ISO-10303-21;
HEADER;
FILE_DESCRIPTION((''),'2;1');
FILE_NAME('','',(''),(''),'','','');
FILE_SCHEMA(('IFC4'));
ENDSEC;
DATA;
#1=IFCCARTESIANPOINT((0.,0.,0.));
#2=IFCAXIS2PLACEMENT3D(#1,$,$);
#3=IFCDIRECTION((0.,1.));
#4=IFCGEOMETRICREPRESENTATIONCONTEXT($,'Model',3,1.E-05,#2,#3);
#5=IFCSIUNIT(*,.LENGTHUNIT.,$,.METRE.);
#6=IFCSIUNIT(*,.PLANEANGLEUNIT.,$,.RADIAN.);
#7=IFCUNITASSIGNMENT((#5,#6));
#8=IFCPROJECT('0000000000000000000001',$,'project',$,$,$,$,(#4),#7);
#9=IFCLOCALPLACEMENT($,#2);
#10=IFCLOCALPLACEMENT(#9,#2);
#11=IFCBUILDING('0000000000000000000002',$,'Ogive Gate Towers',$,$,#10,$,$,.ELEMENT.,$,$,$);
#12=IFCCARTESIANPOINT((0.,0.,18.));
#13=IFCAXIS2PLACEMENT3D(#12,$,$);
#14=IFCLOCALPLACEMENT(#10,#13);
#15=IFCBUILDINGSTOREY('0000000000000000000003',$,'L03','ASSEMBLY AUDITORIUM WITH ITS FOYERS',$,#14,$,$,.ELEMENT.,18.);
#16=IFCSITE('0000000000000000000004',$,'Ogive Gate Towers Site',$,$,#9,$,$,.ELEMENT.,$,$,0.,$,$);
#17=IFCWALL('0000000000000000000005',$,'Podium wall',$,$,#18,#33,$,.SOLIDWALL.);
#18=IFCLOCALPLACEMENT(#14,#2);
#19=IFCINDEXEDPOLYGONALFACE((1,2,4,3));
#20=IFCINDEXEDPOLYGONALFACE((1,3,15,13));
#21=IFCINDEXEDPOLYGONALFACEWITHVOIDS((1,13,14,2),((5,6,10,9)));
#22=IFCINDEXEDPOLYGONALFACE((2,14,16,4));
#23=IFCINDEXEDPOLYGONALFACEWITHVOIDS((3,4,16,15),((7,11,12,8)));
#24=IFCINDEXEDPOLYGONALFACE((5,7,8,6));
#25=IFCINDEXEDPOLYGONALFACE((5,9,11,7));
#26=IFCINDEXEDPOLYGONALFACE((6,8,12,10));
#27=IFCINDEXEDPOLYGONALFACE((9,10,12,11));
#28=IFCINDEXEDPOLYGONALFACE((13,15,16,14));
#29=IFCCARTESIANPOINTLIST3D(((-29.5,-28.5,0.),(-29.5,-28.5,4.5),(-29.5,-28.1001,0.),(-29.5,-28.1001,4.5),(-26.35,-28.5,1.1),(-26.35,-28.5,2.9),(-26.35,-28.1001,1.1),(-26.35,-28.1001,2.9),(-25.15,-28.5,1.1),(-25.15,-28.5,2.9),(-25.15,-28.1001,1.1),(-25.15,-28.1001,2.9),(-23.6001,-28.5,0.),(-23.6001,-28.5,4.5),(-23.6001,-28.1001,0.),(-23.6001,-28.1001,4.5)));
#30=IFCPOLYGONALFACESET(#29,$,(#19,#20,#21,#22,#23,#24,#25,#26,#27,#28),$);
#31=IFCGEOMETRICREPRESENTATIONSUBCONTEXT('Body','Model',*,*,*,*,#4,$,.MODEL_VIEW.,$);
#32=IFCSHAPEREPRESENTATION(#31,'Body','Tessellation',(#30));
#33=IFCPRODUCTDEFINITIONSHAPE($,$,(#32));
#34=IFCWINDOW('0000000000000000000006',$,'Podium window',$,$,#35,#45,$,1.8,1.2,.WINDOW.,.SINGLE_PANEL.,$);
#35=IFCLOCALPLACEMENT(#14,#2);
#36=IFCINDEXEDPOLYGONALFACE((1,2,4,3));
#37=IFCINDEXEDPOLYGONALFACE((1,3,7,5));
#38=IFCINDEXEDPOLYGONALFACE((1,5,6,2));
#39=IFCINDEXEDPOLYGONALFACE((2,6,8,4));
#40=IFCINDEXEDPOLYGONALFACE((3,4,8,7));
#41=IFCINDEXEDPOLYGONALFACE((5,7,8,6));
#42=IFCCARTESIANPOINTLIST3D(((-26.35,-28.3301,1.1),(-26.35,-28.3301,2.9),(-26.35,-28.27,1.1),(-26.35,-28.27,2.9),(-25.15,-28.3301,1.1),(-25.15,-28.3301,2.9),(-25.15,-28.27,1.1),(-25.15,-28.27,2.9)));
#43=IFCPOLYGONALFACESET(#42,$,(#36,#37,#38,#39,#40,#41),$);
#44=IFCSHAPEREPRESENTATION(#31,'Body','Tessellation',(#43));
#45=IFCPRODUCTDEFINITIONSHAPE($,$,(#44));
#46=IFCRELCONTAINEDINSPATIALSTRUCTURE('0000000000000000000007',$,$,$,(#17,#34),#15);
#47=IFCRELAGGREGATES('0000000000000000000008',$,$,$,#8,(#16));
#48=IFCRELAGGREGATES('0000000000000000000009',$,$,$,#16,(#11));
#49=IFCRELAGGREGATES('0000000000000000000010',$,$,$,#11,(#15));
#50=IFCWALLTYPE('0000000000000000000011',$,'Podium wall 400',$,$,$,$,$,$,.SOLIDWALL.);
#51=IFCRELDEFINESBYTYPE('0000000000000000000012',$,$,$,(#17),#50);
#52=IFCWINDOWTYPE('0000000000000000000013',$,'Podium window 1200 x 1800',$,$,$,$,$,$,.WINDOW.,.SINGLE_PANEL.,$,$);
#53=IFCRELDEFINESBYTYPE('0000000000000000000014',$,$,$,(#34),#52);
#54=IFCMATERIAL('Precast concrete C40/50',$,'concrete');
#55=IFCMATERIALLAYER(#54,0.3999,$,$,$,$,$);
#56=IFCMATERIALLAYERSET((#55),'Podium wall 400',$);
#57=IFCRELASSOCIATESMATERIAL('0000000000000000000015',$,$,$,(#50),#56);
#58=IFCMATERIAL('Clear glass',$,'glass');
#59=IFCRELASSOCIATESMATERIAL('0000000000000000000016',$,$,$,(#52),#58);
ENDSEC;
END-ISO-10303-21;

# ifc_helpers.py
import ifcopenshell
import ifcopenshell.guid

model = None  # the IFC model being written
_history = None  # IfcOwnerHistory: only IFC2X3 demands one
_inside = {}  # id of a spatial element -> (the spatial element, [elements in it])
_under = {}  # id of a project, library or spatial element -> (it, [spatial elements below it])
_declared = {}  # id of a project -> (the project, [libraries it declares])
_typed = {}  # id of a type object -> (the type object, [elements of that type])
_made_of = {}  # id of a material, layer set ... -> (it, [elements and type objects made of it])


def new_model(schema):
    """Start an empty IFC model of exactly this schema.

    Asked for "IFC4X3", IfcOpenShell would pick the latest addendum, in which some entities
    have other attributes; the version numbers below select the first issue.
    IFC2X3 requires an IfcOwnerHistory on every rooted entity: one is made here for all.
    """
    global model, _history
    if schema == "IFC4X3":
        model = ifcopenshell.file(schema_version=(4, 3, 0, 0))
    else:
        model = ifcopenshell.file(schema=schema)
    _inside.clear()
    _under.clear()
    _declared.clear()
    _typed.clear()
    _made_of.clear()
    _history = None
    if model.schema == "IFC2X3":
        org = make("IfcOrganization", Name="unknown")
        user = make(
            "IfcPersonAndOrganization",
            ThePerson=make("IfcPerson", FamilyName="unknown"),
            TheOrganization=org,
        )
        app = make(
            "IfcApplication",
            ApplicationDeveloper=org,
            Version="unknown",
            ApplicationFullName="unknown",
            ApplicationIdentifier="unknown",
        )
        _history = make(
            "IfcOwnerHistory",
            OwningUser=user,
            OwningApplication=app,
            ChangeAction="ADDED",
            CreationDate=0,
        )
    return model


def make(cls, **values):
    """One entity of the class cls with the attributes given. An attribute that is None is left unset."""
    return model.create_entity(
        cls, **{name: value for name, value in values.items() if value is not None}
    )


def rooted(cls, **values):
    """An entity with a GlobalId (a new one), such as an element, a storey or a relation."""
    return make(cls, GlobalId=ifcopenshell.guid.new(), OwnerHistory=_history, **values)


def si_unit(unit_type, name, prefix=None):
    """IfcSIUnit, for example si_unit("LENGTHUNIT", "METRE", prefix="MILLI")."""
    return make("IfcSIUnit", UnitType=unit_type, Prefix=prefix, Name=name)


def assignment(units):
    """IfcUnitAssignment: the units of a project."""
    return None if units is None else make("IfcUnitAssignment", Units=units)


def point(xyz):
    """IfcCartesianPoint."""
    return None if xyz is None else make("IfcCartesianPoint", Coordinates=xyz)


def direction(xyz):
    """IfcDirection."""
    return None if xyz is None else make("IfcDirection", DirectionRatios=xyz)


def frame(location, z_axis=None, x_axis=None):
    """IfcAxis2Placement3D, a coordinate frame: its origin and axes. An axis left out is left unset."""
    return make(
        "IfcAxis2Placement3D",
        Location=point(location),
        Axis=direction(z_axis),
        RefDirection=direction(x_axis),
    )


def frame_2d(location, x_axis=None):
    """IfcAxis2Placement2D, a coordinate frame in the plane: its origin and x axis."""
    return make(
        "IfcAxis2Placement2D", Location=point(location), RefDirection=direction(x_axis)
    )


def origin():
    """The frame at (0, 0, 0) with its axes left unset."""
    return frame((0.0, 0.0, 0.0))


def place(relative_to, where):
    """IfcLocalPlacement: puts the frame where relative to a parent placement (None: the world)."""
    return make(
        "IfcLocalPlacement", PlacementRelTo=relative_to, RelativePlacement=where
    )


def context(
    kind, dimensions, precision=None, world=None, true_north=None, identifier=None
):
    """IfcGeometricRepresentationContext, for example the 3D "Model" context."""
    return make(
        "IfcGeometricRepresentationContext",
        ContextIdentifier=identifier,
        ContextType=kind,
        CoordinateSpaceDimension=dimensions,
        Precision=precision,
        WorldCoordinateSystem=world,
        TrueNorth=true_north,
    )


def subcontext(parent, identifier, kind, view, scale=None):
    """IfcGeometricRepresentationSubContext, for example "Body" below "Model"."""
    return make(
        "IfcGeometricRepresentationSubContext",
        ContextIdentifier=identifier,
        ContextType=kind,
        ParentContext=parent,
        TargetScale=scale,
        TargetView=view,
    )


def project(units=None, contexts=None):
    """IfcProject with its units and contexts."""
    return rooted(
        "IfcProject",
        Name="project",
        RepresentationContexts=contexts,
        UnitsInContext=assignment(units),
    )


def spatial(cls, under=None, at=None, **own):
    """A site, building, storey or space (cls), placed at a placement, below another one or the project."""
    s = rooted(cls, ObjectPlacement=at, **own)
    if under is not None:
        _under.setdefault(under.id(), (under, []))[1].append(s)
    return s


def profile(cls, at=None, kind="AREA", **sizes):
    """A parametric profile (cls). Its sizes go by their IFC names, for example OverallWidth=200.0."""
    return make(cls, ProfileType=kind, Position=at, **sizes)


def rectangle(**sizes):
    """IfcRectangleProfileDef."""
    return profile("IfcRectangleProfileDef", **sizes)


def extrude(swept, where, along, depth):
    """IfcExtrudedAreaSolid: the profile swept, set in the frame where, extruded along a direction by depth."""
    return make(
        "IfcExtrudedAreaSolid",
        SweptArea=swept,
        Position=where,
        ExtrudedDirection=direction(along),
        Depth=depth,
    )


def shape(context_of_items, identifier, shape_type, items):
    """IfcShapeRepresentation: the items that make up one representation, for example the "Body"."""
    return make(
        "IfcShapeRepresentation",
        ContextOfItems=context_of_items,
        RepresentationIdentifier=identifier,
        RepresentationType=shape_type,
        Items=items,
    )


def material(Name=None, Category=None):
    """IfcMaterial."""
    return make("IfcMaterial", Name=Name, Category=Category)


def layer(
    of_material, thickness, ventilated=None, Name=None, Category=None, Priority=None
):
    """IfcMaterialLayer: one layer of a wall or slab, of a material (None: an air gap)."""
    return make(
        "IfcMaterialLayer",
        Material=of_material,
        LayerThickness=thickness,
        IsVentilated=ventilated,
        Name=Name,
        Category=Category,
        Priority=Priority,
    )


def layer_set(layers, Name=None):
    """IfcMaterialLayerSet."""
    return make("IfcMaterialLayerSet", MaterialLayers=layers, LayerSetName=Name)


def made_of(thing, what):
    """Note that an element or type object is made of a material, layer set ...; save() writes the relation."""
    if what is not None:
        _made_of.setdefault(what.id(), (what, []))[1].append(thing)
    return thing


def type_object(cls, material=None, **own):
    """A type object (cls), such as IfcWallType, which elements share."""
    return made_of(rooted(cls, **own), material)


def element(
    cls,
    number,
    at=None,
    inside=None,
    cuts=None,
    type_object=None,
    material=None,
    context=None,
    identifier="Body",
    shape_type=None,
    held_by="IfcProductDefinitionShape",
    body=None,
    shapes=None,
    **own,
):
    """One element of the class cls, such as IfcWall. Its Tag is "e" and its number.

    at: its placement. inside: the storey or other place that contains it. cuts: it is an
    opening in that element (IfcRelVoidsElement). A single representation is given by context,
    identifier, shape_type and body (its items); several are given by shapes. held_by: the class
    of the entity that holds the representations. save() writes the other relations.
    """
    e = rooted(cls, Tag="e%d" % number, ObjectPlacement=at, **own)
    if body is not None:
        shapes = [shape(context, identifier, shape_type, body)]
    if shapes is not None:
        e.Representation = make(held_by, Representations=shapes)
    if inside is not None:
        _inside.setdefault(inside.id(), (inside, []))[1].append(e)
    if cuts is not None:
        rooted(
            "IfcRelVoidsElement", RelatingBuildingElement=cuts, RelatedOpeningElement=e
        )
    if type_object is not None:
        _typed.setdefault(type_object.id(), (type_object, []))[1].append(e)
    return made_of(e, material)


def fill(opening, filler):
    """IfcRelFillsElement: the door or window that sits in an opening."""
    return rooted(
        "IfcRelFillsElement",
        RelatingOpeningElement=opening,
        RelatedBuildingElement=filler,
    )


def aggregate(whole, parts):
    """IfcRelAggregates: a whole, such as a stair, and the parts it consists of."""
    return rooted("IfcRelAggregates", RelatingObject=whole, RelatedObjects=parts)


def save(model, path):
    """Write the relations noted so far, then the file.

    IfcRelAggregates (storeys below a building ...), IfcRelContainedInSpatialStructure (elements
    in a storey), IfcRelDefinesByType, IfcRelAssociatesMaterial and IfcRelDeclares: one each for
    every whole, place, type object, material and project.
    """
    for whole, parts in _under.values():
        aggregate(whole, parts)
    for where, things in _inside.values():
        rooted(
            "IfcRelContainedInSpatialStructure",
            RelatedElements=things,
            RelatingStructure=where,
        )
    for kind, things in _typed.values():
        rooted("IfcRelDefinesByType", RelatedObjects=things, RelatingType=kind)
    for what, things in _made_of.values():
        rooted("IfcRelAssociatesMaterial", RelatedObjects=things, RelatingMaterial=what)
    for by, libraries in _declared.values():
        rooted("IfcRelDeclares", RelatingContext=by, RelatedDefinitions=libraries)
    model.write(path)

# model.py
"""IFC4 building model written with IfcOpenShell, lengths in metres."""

from ifc_helpers import new_model, si_unit, direction, frame, frame_2d, origin, place, context, subcontext, project, spatial, rectangle, extrude, material, layer, layer_set, type_object, element, fill, save


model = new_model("IFC4")

# Units and contexts
model_context = context("Model", 3, precision=1e-05, world=origin(), true_north=direction((0.0, 1.0)))
body_context = subcontext(model_context, "Body", "Model", "MODEL_VIEW")
ifc_project = project(units=[si_unit("LENGTHUNIT", "METRE"), si_unit("PLANEANGLEUNIT", "RADIAN")], contexts=[model_context])

# Site, building, storey
site_placement = place(None, origin())
site = spatial("IfcSite", under=ifc_project, at=site_placement, Name="Ogive Gate Towers Site", CompositionType="ELEMENT", RefElevation=0.0)
building_placement = place(site_placement, origin())
building = spatial("IfcBuilding", under=site, at=building_placement, Name="Ogive Gate Towers", CompositionType="ELEMENT")
storey_placement = place(building_placement, frame((0.0, 0.0, 18.0)))
storey = spatial("IfcBuildingStorey", under=building, at=storey_placement, Name="L03", Description="ASSEMBLY AUDITORIUM WITH ITS FOYERS", CompositionType="ELEMENT", Elevation=18.0)

# Shared definitions
ifc_material_1 = material(Name="Precast concrete C40/50", Category="concrete")
ifc_layer = layer(ifc_material_1, 0.3999)
ifc_layer_set = layer_set([ifc_layer], Name="Podium wall 400")
wall_type = type_object("IfcWallType", Name="Podium wall 400", PredefinedType="SOLIDWALL", material=ifc_layer_set)

# Wall, opening, window
wall_1_placement = place(storey_placement, frame((-29.5, -28.3, 0.0), z_axis=(0.0, 0.0, 1.0), x_axis=(1.0, 0.0, 0.0)))
wall_1 = element("IfcWall", 1, at=wall_1_placement, inside=storey, type_object=wall_type, Name="Podium wall", PredefinedType="SOLIDWALL", context=body_context, shape_type="SweptSolid", body=[
    extrude(rectangle(XDim=5.8999, YDim=0.3999, at=frame_2d((2.95, 0.0))), origin(), (0.0, 0.0, 1.0), 4.5),
])
opening_1_placement = place(wall_1_placement, frame((3.1499, 0.0, 1.1001)))
opening_1 = element("IfcOpeningElement", 2, at=opening_1_placement, cuts=wall_1, PredefinedType="OPENING", context=body_context, shape_type="SweptSolid", body=[
    extrude(rectangle(XDim=1.2, YDim=1.8, at=frame_2d((0.6001, 0.8999))), frame((0.0, 0.21, 0.0), z_axis=(0.0, -1.0, 0.0), x_axis=(1.0, 0.0, 0.0)), (0.0, 0.0, 1.0), 0.4199),
])
ifc_material_2 = material(Name="Clear glass", Category="glass")
window_type = type_object("IfcWindowType", Name="Podium window 1200 x 1800", PartitioningType="SINGLE_PANEL", PredefinedType="WINDOW", material=ifc_material_2)
window_placement = place(opening_1_placement, origin())
window = element("IfcWindow", 3, at=window_placement, inside=storey, type_object=window_type, Name="Podium window", OverallHeight=1.8, OverallWidth=1.2, PartitioningType="SINGLE_PANEL", PredefinedType="WINDOW", context=body_context, shape_type="SweptSolid", body=[
    extrude(rectangle(XDim=1.2, YDim=1.8, at=frame_2d((0.6001, 0.8999))), frame((0.0, 0.03, 0.0), z_axis=(0.0, -1.0, 0.0), x_axis=(1.0, 0.0, 0.0)), (0.0, 0.0, 1.0), 0.0601),
])
fill(opening_1, window)

save(model, "model.ifc")
